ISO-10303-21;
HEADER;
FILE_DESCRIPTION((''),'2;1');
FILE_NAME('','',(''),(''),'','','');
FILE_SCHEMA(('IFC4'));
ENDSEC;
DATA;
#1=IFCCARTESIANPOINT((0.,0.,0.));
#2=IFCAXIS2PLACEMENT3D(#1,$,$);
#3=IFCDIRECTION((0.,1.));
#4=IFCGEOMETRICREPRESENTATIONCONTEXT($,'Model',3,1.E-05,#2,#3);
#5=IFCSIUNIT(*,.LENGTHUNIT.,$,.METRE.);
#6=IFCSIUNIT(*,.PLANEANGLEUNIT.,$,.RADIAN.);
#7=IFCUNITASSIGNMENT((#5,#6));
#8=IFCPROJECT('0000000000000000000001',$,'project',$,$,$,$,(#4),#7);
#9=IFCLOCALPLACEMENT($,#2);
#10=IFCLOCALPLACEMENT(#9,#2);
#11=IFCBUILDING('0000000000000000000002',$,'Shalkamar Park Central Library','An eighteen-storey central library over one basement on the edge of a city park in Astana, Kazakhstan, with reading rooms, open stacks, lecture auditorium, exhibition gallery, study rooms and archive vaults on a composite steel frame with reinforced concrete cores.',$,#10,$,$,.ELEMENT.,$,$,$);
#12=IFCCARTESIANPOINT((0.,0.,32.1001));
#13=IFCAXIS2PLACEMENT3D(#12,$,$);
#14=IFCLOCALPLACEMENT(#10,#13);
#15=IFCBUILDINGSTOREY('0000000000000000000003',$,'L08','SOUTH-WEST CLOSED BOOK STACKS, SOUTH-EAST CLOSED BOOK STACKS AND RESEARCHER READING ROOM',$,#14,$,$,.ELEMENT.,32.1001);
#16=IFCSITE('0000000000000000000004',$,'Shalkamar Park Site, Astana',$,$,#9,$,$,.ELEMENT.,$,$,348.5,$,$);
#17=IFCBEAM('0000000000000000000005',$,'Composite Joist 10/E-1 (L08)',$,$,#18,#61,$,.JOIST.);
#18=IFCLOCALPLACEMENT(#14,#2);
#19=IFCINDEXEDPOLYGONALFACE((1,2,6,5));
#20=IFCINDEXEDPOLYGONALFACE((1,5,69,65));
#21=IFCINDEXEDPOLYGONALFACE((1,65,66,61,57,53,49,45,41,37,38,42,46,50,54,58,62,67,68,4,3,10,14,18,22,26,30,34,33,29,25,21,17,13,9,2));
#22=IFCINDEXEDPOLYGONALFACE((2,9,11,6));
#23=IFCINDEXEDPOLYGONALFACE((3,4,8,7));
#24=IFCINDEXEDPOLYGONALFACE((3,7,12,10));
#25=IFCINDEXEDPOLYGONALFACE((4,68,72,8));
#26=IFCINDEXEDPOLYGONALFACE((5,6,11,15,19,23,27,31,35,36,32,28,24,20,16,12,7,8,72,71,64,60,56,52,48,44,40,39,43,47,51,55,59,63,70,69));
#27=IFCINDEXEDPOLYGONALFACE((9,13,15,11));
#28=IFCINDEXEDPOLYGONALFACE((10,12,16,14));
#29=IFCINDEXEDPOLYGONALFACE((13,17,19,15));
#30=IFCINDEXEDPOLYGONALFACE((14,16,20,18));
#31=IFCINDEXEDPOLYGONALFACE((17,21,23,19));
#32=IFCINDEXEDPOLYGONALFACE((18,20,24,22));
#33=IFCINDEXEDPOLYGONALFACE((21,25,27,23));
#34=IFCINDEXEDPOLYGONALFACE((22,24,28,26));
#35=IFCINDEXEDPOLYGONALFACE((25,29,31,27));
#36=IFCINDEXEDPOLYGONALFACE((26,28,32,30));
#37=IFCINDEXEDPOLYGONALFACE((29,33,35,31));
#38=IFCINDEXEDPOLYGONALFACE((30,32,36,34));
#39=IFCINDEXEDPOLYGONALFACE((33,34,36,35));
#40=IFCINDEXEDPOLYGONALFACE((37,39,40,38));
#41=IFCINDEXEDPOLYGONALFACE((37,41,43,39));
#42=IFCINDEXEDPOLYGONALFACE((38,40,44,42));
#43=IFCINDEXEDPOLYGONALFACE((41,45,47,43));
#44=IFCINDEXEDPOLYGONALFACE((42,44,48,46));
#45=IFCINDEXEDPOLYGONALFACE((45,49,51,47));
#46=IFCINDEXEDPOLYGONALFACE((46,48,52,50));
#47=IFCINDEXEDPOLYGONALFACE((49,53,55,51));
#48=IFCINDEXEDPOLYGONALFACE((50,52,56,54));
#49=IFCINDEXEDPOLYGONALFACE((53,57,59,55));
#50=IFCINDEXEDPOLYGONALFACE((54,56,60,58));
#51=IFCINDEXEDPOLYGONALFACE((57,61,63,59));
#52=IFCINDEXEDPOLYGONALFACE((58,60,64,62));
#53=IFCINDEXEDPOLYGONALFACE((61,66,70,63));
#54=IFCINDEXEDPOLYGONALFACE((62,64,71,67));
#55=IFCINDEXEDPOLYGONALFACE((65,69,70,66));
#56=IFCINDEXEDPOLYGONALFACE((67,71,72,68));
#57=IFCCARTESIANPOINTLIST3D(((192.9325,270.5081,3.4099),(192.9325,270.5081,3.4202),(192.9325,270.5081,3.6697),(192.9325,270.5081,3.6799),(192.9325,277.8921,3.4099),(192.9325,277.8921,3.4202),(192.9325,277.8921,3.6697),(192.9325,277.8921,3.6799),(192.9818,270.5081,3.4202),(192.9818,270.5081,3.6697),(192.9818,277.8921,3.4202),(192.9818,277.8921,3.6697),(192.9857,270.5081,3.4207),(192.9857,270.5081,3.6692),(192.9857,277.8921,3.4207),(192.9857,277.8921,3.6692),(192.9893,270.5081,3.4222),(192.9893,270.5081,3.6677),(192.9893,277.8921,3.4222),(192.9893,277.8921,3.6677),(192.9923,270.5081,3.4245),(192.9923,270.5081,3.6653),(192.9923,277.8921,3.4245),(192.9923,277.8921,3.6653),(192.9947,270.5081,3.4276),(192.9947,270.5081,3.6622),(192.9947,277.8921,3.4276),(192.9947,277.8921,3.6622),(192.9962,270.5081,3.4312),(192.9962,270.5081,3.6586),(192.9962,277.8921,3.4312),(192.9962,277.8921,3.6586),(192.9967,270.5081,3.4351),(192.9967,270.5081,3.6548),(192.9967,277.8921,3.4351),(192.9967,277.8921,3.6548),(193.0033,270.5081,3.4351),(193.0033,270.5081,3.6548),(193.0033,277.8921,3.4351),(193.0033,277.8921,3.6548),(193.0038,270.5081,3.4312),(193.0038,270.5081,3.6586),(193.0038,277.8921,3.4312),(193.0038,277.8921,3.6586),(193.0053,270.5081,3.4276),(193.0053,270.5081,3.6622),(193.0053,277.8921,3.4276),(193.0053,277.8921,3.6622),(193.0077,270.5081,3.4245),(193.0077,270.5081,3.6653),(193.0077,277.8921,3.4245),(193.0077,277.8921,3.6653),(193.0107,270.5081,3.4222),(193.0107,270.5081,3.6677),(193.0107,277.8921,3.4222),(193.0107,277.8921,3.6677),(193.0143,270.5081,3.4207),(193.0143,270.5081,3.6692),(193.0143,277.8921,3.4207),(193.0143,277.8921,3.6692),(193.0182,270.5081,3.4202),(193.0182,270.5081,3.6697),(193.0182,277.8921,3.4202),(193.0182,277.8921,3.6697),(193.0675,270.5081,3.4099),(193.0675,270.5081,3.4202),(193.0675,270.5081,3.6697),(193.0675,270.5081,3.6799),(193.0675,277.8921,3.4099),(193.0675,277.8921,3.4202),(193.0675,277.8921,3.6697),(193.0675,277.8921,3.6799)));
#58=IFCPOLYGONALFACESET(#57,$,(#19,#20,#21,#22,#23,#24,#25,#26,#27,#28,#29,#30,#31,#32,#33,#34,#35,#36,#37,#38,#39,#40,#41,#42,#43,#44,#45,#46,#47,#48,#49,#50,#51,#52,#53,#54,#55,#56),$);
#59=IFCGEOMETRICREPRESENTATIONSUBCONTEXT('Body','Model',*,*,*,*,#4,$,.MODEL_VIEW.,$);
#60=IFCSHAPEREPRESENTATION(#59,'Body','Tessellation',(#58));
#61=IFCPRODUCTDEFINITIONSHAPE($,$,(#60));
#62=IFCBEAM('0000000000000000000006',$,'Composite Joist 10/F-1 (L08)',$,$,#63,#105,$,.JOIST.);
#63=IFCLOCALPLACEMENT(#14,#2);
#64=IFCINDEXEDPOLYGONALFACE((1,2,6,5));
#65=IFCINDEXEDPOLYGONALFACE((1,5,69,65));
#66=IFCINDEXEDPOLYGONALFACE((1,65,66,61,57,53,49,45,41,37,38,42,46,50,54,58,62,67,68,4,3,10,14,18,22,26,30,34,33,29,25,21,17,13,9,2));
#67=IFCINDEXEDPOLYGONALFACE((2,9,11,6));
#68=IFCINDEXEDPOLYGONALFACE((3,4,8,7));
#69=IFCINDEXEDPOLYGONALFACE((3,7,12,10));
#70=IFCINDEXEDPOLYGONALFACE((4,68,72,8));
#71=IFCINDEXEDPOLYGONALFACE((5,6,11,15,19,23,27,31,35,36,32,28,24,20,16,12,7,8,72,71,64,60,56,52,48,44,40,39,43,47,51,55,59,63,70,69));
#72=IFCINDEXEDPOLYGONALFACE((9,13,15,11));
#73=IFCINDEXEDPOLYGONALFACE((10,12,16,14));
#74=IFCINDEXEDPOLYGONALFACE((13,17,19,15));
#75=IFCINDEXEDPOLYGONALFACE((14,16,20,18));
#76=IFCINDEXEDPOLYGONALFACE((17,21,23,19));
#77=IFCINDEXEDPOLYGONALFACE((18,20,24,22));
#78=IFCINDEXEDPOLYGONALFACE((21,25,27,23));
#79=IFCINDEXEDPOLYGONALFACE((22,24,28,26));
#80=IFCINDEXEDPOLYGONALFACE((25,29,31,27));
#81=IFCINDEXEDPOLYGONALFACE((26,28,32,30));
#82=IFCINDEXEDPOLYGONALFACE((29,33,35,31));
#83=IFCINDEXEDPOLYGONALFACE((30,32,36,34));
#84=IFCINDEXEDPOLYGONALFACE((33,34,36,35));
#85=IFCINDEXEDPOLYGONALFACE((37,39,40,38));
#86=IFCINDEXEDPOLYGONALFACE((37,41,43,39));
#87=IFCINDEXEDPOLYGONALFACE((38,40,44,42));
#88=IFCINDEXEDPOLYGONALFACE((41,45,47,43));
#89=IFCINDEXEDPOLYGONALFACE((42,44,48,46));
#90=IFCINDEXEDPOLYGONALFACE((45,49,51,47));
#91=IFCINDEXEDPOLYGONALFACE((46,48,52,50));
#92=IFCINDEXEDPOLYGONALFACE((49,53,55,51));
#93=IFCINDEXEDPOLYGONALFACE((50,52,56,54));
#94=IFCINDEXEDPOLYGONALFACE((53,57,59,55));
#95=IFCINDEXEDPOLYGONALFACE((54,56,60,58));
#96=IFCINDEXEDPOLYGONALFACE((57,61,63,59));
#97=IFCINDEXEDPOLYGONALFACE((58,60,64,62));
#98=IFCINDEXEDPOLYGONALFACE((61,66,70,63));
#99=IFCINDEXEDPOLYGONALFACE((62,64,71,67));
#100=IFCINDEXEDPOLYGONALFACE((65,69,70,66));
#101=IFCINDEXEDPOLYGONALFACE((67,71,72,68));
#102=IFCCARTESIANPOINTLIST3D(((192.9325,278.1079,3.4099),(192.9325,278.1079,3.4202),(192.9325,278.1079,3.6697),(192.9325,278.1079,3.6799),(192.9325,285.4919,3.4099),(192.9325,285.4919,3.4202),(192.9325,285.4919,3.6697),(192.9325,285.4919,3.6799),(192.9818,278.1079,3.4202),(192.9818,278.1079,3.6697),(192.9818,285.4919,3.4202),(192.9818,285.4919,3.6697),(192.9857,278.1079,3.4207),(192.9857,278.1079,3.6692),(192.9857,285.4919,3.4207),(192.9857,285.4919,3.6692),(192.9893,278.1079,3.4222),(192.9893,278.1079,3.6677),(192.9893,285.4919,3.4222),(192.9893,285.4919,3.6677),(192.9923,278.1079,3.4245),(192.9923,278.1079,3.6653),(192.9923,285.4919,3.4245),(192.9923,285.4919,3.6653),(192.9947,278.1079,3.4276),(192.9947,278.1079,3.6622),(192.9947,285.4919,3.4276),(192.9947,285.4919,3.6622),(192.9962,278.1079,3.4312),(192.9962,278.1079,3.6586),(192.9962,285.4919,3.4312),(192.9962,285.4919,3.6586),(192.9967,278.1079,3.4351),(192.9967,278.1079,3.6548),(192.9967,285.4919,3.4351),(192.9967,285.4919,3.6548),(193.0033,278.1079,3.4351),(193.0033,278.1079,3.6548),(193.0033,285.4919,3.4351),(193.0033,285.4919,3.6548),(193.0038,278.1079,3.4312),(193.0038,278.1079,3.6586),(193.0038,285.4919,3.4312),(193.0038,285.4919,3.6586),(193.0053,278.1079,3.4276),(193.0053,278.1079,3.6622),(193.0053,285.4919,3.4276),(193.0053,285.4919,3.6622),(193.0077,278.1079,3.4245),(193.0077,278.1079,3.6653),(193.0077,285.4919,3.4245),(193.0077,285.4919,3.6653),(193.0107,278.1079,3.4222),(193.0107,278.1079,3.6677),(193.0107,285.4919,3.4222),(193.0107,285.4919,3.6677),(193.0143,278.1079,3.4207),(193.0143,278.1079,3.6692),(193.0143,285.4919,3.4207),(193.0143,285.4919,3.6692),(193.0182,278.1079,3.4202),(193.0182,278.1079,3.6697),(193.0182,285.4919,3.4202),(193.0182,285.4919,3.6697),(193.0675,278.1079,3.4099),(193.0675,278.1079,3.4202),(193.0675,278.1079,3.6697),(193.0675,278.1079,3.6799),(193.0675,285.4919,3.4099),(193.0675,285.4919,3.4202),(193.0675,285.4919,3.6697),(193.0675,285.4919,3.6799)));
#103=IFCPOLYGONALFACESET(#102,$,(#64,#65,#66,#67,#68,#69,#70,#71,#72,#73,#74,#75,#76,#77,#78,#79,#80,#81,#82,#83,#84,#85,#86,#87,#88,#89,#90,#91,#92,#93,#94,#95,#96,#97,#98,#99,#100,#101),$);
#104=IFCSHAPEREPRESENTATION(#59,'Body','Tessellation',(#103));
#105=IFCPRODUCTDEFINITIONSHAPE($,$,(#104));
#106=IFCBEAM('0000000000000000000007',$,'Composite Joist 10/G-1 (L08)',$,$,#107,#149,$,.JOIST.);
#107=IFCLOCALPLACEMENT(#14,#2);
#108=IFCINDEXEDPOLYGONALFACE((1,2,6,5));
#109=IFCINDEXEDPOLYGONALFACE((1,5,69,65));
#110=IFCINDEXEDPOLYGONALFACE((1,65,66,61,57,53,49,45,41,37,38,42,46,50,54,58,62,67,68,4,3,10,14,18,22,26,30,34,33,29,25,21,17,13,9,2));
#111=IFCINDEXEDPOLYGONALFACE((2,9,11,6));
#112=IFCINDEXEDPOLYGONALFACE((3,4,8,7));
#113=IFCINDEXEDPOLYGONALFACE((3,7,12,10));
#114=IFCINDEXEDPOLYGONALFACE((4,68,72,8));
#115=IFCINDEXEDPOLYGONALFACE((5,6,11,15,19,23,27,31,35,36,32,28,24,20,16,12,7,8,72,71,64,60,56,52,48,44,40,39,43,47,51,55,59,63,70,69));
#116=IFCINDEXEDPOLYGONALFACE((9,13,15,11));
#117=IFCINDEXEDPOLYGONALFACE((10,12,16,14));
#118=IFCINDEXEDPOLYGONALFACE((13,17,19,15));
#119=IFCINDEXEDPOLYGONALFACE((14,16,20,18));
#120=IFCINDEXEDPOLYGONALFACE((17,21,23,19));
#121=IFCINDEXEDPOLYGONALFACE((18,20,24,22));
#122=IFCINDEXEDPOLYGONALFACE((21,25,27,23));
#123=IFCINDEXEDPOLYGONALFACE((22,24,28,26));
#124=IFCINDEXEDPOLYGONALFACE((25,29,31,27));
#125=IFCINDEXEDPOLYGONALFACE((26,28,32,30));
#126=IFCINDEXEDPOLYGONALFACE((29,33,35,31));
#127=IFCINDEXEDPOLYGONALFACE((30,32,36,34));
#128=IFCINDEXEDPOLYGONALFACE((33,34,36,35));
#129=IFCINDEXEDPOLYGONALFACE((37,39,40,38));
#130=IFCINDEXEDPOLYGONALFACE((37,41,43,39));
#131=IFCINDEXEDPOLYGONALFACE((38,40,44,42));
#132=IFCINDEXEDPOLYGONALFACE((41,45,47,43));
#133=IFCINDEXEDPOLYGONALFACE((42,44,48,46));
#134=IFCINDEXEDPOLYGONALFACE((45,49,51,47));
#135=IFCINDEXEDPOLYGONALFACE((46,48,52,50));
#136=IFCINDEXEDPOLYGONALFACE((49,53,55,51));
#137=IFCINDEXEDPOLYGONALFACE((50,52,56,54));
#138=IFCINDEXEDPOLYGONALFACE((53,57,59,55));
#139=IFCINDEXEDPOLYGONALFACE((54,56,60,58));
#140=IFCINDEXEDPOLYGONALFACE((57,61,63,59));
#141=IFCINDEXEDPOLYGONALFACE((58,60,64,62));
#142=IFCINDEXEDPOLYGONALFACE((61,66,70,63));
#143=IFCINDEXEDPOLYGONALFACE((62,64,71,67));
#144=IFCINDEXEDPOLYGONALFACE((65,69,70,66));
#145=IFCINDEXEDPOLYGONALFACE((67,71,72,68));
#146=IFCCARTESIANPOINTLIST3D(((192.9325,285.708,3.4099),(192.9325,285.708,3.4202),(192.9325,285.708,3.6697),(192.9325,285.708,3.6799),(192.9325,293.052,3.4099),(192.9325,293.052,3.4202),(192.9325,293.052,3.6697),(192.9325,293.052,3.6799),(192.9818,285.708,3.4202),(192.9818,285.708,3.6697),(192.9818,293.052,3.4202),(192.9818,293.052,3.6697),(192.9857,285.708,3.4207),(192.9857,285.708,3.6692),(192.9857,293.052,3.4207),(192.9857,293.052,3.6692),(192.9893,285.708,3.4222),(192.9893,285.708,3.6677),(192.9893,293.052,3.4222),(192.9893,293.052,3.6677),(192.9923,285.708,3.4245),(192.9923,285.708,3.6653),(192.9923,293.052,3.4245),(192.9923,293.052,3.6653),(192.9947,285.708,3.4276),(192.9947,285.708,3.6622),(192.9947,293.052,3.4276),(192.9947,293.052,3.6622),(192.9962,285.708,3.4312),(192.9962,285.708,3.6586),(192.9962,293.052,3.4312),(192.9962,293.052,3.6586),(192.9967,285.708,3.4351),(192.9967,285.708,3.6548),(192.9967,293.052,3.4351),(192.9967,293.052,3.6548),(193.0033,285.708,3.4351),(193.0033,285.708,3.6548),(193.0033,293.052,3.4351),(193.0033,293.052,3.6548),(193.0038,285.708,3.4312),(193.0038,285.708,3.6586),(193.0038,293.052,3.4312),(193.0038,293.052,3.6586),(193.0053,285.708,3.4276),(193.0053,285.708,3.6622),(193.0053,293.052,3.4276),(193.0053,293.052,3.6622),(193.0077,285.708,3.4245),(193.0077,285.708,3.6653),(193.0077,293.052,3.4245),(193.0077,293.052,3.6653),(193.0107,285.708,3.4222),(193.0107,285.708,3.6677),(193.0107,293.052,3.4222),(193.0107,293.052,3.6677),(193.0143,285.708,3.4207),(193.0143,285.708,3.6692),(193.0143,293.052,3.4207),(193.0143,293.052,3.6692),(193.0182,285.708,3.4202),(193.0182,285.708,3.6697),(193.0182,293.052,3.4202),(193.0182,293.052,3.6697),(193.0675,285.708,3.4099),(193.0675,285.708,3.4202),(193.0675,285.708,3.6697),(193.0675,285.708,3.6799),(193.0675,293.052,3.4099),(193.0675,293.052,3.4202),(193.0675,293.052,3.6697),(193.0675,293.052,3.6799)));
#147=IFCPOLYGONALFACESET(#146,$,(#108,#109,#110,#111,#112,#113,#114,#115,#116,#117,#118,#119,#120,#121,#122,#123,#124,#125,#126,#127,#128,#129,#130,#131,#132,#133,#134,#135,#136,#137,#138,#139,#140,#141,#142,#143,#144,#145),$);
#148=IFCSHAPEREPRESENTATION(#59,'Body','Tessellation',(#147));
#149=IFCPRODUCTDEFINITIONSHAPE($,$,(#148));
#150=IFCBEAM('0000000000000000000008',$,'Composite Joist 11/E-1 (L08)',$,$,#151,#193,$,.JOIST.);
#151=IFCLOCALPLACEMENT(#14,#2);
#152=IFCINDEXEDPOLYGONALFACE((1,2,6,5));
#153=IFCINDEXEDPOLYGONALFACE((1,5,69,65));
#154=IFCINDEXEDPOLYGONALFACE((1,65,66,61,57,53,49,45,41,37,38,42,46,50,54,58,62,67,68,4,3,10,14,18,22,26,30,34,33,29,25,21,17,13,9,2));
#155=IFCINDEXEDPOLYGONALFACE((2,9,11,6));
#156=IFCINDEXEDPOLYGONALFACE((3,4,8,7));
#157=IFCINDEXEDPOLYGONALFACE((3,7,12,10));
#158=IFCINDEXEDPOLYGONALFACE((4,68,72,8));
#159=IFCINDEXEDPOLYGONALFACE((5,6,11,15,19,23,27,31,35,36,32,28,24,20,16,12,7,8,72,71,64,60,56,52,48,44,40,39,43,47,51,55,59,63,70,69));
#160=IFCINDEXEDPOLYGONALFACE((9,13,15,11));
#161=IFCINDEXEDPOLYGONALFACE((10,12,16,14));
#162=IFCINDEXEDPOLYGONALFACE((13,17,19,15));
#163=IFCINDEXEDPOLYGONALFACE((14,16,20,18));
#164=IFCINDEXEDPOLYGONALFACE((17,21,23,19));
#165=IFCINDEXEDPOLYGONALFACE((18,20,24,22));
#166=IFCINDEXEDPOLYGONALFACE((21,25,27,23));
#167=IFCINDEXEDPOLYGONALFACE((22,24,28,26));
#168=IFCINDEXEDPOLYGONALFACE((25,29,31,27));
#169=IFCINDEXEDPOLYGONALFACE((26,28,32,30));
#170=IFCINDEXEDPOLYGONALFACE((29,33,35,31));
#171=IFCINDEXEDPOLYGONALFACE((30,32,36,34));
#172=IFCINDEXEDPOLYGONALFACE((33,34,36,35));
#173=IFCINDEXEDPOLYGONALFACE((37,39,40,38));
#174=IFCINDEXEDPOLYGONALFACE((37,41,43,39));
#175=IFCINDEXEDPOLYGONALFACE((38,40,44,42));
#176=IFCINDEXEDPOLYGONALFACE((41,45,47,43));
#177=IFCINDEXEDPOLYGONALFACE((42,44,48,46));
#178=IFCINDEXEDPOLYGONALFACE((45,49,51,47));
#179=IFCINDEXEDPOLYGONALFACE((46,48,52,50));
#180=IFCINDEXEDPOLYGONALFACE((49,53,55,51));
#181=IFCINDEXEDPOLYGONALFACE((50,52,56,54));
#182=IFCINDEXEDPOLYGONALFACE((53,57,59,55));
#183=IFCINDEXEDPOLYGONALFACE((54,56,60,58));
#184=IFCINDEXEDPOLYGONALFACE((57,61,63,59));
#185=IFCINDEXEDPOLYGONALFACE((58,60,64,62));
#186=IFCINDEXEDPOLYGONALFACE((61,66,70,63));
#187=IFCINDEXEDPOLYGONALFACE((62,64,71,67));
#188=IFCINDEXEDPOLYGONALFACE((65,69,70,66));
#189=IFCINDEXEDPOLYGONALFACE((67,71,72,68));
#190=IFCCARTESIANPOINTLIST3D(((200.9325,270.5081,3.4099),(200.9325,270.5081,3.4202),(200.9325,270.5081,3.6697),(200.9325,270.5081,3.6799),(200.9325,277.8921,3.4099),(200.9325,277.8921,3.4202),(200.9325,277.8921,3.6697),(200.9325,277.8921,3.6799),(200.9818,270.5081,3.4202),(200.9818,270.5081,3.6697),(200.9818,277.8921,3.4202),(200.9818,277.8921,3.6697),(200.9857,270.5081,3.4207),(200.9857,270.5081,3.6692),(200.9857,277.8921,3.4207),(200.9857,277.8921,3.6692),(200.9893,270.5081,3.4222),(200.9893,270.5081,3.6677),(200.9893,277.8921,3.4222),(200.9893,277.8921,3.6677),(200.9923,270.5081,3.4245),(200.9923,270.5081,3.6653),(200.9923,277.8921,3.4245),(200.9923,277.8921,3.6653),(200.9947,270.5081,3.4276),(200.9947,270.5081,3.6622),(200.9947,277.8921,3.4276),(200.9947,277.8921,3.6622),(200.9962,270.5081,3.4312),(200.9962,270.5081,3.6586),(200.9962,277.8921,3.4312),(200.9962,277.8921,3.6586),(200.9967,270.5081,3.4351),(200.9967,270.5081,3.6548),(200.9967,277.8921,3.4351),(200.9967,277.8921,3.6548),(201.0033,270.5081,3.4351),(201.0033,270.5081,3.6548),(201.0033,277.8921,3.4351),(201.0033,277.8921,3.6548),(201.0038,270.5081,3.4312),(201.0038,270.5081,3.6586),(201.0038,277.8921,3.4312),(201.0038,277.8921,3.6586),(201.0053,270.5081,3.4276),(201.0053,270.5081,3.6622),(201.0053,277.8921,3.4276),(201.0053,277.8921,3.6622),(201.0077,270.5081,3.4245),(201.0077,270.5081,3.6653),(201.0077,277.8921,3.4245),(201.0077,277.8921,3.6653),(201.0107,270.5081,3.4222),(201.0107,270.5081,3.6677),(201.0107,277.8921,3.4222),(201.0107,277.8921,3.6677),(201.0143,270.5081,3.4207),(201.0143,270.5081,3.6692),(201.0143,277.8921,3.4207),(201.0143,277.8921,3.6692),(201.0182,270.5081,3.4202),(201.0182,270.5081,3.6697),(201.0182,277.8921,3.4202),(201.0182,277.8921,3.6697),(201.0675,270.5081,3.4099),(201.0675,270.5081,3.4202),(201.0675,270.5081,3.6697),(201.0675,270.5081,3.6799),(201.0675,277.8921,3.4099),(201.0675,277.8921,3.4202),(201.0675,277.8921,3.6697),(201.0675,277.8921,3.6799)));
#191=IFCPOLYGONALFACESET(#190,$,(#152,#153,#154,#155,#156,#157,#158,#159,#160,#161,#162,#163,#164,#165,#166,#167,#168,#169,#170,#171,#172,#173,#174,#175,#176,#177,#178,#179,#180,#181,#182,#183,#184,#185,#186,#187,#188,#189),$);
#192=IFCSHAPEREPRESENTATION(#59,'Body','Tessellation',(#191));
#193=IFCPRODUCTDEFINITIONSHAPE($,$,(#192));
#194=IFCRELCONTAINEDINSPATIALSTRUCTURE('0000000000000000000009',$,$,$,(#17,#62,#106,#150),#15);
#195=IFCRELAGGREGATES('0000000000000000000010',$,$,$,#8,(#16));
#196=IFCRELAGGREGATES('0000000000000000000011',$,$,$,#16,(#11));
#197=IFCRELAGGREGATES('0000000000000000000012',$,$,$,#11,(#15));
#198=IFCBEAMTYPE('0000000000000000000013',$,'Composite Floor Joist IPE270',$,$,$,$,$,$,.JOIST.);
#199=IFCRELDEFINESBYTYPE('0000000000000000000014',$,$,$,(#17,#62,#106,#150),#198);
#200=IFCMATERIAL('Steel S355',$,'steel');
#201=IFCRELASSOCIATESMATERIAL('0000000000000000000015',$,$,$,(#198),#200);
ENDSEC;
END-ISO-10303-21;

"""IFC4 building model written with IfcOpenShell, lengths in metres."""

from ifc_helpers import new_model, si_unit, direction, frame, origin, origin_2d, place, context, subcontext, project, spatial, i_section, extrude, material, material_profile, profile_set, type_object, element, save


model = new_model("IFC4")

# Units and contexts
model_context = context("Model", 3, precision=1e-05, world=origin(), true_north=direction((0.0, 1.0)))
body_context = subcontext(model_context, "Body", "Model", "MODEL_VIEW")
ifc_project = project(units=[si_unit("LENGTHUNIT", "METRE"), si_unit("PLANEANGLEUNIT", "RADIAN")], contexts=[model_context])

# Site, building, storey
site_placement = place(None, origin())
site = spatial("IfcSite", under=ifc_project, at=site_placement, Name="Shalkamar Park Site, Astana", CompositionType="ELEMENT", RefElevation=348.5)
building_placement = place(site_placement, origin())
building = spatial("IfcBuilding", under=site, at=building_placement, Name="Shalkamar Park Central Library", Description="An eighteen-storey central library over one basement on the edge of a city park in Astana, Kazakhstan, with reading rooms, open stacks, lecture auditorium, exhibition gallery, study rooms and archive vaults on a composite steel frame with reinforced concrete cores.", CompositionType="ELEMENT")
storey_placement = place(building_placement, frame((0.0, 0.0, 32.1001)))
storey = spatial("IfcBuildingStorey", under=building, at=storey_placement, Name="L08", Description="SOUTH-WEST CLOSED BOOK STACKS, SOUTH-EAST CLOSED BOOK STACKS AND RESEARCHER READING ROOM", CompositionType="ELEMENT", Elevation=32.1001)

# Shared definitions
ifc_material_1 = material(Name="Steel S355", Category="steel")

# Beams
ifc_material_profile_1 = material_profile(ifc_material_1, i_section(OverallWidth=0.135, OverallDepth=0.27, WebThickness=0.0066, FlangeThickness=0.0103, FilletRadius=0.0149, at=origin_2d()), Name="IPE 270")
ifc_profile_set_1 = profile_set([ifc_material_profile_1], Name="Steel S355")
beam_type_1 = type_object("IfcBeamType", Name="Composite Floor Joist IPE270", PredefinedType="JOIST", material=ifc_profile_set_1)
for number, where, z_axis, x_axis, name in (
    (1, (193.0, 270.5081, 3.5449), (0.0, 1.0, 0.0), (-1.0, 0.0, 0.0), "Composite Joist 10/E-1 (L08)"),
    (2, (193.0, 278.1079, 3.5449), (0.0, 1.0, 0.0), (-1.0, 0.0, 0.0), "Composite Joist 10/F-1 (L08)"),
):
    element("IfcBeam", number, at=place(storey_placement, frame(where, z_axis=z_axis, x_axis=x_axis)), inside=storey, type_object=beam_type_1, Name=name, PredefinedType="JOIST", context=body_context, shape_type="SweptSolid", body=[
        extrude(i_section(OverallWidth=0.135, OverallDepth=0.27, WebThickness=0.0066, FlangeThickness=0.0103, FilletRadius=0.0149, at=origin_2d()), origin(), (0.0, 0.0, 1.0), 7.384),
    ])
beam_1_placement = place(storey_placement, frame((193.0, 285.708, 3.5449), z_axis=(0.0, 1.0, 0.0), x_axis=(-1.0, 0.0, 0.0)))
element("IfcBeam", 3, at=beam_1_placement, inside=storey, type_object=beam_type_1, Name="Composite Joist 10/G-1 (L08)", PredefinedType="JOIST", context=body_context, shape_type="SweptSolid", body=[
    extrude(i_section(OverallWidth=0.135, OverallDepth=0.27, WebThickness=0.0066, FlangeThickness=0.0103, FilletRadius=0.0149, at=origin_2d()), origin(), (0.0, 0.0, 1.0), 7.344),
])
for number, where, z_axis, x_axis, name in (
    (4, (201.0, 270.5081, 3.5449), (0.0, 1.0, 0.0), (-1.0, 0.0, 0.0), "Composite Joist 11/E-1 (L08)"),
):
    element("IfcBeam", number, at=place(storey_placement, frame(where, z_axis=z_axis, x_axis=x_axis)), inside=storey, type_object=beam_type_1, Name=name, PredefinedType="JOIST", context=body_context, shape_type="SweptSolid", body=[
        extrude(i_section(OverallWidth=0.135, OverallDepth=0.27, WebThickness=0.0066, FlangeThickness=0.0103, FilletRadius=0.0149, at=origin_2d()), origin(), (0.0, 0.0, 1.0), 7.384),
    ])

save(model, "model.ifc")
